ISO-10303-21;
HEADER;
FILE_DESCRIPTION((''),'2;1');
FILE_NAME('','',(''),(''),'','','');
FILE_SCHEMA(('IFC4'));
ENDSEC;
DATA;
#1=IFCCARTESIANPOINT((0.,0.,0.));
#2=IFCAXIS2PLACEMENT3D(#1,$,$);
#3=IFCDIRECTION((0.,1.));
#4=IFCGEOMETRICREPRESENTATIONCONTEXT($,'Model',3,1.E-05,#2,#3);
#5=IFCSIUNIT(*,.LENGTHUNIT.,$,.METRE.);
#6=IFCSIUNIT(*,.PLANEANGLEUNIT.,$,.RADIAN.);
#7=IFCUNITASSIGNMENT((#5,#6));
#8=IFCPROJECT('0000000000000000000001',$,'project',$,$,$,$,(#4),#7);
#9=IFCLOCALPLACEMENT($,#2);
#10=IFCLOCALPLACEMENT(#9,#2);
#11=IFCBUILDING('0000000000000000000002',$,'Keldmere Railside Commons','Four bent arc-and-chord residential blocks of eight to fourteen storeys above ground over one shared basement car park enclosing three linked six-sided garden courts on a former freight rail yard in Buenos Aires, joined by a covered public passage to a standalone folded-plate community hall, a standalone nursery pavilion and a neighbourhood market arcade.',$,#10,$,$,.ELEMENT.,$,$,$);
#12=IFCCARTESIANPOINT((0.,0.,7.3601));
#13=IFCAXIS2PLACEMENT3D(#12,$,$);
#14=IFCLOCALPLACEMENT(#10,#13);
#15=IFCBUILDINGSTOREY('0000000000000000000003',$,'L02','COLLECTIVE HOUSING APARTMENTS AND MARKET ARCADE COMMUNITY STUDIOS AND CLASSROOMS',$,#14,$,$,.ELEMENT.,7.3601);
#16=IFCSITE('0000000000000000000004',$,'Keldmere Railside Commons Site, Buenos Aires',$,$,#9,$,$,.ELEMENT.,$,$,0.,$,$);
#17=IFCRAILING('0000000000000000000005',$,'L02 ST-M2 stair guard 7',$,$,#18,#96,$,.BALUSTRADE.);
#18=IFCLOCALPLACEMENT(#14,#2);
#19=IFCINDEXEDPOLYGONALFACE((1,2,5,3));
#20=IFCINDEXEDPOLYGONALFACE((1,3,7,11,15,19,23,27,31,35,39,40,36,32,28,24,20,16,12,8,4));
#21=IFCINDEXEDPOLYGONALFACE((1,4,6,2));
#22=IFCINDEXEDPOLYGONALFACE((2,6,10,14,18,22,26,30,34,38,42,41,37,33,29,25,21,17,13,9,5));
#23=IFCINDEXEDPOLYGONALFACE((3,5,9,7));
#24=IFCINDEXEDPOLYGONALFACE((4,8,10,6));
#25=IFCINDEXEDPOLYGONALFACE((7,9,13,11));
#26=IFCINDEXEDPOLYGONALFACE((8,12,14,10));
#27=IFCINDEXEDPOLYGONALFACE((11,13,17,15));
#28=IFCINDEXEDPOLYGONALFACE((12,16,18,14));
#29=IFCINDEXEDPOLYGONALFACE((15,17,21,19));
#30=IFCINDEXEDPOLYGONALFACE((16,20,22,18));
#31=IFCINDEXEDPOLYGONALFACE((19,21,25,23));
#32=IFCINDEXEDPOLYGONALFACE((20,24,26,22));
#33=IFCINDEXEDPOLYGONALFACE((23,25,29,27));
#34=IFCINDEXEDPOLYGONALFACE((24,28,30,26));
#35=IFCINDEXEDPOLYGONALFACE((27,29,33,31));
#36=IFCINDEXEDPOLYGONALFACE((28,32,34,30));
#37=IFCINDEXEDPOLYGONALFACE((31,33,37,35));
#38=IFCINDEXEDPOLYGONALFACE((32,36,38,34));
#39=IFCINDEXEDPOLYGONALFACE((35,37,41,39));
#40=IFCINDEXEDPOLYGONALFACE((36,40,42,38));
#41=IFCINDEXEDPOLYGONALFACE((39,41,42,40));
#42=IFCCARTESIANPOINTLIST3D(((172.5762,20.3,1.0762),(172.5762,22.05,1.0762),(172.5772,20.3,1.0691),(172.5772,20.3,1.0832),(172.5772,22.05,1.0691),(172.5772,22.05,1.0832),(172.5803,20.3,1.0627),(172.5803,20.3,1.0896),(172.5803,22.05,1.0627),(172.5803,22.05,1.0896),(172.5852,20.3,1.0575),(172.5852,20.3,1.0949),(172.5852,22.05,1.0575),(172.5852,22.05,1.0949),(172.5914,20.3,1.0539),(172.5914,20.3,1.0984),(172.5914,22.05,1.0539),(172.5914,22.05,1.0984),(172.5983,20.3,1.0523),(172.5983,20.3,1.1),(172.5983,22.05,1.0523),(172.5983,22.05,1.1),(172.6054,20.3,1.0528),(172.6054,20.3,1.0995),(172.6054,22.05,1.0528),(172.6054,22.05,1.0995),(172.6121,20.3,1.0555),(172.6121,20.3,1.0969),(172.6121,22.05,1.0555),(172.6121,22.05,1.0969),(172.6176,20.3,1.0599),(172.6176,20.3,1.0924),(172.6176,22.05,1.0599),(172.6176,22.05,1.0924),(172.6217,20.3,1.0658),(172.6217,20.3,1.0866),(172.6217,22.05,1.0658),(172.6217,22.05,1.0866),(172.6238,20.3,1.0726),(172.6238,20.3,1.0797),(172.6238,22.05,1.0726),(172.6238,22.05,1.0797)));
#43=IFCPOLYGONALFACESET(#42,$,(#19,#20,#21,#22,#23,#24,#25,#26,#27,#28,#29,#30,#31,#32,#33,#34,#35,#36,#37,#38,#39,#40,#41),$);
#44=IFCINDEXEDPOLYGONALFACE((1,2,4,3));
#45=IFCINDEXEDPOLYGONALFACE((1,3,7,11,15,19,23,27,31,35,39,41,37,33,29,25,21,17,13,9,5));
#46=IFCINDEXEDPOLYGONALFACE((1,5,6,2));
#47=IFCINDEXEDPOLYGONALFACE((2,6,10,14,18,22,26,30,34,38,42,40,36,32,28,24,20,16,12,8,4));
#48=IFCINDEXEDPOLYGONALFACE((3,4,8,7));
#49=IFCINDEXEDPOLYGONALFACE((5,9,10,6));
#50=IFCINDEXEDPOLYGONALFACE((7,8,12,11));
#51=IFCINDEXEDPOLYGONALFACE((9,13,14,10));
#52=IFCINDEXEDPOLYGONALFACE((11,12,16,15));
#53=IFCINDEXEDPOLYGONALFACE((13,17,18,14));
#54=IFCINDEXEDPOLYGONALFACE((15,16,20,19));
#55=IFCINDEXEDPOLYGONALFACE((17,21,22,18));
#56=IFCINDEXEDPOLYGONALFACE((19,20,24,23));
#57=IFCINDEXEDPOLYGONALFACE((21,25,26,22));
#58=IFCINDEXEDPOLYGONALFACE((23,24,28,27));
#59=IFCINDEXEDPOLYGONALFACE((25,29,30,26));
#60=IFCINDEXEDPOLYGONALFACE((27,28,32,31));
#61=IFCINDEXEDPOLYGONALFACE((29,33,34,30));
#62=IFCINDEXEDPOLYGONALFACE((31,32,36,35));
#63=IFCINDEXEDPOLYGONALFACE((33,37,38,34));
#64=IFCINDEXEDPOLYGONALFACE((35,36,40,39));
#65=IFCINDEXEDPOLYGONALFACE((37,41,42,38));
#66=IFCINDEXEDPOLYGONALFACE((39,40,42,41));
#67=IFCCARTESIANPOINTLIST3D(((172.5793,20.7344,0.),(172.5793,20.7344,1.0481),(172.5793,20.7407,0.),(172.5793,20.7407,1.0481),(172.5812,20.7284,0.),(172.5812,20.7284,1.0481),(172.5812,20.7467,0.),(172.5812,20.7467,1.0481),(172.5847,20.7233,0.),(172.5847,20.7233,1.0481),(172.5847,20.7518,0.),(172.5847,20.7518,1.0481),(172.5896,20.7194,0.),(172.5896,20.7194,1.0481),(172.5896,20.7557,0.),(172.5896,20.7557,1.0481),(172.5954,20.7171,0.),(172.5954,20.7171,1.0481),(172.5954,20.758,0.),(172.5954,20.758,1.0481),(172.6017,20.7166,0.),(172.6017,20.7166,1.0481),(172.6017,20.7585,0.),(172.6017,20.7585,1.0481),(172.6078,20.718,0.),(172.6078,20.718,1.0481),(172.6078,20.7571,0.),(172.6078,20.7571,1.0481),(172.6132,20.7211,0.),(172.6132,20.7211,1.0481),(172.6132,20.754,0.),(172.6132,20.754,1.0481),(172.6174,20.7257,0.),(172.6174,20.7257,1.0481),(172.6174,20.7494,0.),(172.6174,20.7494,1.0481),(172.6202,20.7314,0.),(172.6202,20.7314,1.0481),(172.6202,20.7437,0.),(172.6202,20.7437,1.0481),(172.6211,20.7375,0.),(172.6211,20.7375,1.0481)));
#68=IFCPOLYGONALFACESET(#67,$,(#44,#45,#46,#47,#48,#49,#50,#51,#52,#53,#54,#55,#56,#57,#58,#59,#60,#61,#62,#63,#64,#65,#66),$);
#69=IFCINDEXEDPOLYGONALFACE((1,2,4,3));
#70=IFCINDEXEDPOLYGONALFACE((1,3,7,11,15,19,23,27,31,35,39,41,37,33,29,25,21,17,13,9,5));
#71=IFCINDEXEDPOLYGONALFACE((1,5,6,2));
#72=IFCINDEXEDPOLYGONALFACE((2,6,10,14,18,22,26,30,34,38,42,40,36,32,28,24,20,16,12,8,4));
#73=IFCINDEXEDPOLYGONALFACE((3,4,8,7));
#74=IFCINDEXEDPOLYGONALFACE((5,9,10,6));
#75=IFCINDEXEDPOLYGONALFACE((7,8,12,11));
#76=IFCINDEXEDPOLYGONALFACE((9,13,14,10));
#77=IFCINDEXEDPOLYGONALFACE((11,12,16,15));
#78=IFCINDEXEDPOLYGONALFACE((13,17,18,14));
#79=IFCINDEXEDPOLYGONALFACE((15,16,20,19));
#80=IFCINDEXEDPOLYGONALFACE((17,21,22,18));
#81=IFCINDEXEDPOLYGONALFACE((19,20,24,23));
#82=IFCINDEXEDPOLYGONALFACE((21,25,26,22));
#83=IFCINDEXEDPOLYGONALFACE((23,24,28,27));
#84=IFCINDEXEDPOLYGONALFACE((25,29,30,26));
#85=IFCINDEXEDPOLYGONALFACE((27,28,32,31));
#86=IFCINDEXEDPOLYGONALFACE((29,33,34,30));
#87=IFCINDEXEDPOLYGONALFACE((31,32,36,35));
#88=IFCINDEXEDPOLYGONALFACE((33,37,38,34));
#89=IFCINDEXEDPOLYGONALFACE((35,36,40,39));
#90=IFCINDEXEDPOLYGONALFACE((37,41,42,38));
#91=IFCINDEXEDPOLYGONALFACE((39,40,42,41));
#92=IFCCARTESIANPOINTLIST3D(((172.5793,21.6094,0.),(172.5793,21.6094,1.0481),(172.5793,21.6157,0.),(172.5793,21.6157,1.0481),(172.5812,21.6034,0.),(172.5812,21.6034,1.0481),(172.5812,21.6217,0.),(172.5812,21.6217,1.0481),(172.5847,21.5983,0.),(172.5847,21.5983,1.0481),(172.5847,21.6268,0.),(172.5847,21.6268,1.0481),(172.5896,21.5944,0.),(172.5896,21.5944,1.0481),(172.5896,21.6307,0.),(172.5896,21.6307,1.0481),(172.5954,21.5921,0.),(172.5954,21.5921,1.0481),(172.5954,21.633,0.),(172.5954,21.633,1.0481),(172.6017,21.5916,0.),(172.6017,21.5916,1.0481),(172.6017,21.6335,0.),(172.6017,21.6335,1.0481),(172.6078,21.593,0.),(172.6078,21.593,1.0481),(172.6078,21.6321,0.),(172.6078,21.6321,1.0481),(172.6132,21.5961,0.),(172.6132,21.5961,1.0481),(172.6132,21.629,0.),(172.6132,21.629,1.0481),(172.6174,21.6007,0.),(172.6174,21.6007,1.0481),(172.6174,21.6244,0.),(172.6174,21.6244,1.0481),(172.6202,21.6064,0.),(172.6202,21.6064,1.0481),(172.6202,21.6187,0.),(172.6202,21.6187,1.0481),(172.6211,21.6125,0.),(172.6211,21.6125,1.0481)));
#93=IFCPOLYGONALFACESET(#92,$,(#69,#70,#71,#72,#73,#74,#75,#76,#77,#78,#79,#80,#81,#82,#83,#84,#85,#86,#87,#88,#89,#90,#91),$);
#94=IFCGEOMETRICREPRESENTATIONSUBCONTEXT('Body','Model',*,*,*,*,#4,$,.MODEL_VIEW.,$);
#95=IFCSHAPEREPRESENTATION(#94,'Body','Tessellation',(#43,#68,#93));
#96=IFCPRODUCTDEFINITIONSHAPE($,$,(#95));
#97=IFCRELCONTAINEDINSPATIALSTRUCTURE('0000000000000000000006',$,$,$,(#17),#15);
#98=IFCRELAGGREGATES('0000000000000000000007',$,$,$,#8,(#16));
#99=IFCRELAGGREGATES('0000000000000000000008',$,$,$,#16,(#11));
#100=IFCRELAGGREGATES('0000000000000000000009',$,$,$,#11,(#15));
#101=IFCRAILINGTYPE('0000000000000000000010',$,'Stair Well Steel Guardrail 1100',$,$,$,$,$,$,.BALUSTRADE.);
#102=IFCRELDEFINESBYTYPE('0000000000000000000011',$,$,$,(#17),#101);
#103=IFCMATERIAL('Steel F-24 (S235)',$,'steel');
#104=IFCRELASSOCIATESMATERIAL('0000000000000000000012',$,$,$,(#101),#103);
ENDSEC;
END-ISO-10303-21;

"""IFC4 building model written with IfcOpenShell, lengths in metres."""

from ifc_helpers import new_model, si_unit, direction, frame, origin, origin_2d, place, context, subcontext, project, spatial, circle, extrude, material, type_object, element, save


model = new_model("IFC4")

# Units and contexts
model_context = context("Model", 3, precision=1e-05, world=origin(), true_north=direction((0.0, 1.0)))
body_context = subcontext(model_context, "Body", "Model", "MODEL_VIEW")
ifc_project = project(units=[si_unit("LENGTHUNIT", "METRE"), si_unit("PLANEANGLEUNIT", "RADIAN")], contexts=[model_context])

# Site, building, storey
site_placement = place(None, origin())
site = spatial("IfcSite", under=ifc_project, at=site_placement, Name="Keldmere Railside Commons Site, Buenos Aires", CompositionType="ELEMENT", RefElevation=0.0)
building_placement = place(site_placement, origin())
building = spatial("IfcBuilding", under=site, at=building_placement, Name="Keldmere Railside Commons", Description="Four bent arc-and-chord residential blocks of eight to fourteen storeys above ground over one shared basement car park enclosing three linked six-sided garden courts on a former freight rail yard in Buenos Aires, joined by a covered public passage to a standalone folded-plate community hall, a standalone nursery pavilion and a neighbourhood market arcade.", CompositionType="ELEMENT")
storey_placement = place(building_placement, frame((0.0, 0.0, 7.3601)))
storey = spatial("IfcBuildingStorey", under=building, at=storey_placement, Name="L02", Description="COLLECTIVE HOUSING APARTMENTS AND MARKET ARCADE COMMUNITY STUDIOS AND CLASSROOMS", CompositionType="ELEMENT", Elevation=7.3601)

# Shared definitions
ifc_material_1 = material(Name="Steel F-24 (S235)", Category="steel")

# Railing
railing_type = type_object("IfcRailingType", Name="Stair Well Steel Guardrail 1100", PredefinedType="BALUSTRADE", material=ifc_material_1)
railing_1_placement = place(storey_placement, frame((172.6001, 20.3, 0.0)))
element("IfcRailing", 1, at=railing_1_placement, inside=storey, type_object=railing_type, Name="L02 ST-M2 stair guard 7", PredefinedType="BALUSTRADE", context=body_context, shape_type="SweptSolid", body=[
    extrude(circle(Radius=0.0239, at=origin_2d()), frame((0.0, 0.0, 1.0762), z_axis=(0.0, 1.0, 0.0), x_axis=(-1.0, 0.0, 0.0)), (0.0, 0.0, 1.0), 1.75),
    extrude(circle(Radius=0.021, at=origin_2d()), frame((0.0, 0.4375, 0.0)), (0.0, 0.0, 1.0), 1.0481),
    extrude(circle(Radius=0.021, at=origin_2d()), frame((0.0, 1.3125, 0.0)), (0.0, 0.0, 1.0), 1.0481),
])

save(model, "model.ifc")
